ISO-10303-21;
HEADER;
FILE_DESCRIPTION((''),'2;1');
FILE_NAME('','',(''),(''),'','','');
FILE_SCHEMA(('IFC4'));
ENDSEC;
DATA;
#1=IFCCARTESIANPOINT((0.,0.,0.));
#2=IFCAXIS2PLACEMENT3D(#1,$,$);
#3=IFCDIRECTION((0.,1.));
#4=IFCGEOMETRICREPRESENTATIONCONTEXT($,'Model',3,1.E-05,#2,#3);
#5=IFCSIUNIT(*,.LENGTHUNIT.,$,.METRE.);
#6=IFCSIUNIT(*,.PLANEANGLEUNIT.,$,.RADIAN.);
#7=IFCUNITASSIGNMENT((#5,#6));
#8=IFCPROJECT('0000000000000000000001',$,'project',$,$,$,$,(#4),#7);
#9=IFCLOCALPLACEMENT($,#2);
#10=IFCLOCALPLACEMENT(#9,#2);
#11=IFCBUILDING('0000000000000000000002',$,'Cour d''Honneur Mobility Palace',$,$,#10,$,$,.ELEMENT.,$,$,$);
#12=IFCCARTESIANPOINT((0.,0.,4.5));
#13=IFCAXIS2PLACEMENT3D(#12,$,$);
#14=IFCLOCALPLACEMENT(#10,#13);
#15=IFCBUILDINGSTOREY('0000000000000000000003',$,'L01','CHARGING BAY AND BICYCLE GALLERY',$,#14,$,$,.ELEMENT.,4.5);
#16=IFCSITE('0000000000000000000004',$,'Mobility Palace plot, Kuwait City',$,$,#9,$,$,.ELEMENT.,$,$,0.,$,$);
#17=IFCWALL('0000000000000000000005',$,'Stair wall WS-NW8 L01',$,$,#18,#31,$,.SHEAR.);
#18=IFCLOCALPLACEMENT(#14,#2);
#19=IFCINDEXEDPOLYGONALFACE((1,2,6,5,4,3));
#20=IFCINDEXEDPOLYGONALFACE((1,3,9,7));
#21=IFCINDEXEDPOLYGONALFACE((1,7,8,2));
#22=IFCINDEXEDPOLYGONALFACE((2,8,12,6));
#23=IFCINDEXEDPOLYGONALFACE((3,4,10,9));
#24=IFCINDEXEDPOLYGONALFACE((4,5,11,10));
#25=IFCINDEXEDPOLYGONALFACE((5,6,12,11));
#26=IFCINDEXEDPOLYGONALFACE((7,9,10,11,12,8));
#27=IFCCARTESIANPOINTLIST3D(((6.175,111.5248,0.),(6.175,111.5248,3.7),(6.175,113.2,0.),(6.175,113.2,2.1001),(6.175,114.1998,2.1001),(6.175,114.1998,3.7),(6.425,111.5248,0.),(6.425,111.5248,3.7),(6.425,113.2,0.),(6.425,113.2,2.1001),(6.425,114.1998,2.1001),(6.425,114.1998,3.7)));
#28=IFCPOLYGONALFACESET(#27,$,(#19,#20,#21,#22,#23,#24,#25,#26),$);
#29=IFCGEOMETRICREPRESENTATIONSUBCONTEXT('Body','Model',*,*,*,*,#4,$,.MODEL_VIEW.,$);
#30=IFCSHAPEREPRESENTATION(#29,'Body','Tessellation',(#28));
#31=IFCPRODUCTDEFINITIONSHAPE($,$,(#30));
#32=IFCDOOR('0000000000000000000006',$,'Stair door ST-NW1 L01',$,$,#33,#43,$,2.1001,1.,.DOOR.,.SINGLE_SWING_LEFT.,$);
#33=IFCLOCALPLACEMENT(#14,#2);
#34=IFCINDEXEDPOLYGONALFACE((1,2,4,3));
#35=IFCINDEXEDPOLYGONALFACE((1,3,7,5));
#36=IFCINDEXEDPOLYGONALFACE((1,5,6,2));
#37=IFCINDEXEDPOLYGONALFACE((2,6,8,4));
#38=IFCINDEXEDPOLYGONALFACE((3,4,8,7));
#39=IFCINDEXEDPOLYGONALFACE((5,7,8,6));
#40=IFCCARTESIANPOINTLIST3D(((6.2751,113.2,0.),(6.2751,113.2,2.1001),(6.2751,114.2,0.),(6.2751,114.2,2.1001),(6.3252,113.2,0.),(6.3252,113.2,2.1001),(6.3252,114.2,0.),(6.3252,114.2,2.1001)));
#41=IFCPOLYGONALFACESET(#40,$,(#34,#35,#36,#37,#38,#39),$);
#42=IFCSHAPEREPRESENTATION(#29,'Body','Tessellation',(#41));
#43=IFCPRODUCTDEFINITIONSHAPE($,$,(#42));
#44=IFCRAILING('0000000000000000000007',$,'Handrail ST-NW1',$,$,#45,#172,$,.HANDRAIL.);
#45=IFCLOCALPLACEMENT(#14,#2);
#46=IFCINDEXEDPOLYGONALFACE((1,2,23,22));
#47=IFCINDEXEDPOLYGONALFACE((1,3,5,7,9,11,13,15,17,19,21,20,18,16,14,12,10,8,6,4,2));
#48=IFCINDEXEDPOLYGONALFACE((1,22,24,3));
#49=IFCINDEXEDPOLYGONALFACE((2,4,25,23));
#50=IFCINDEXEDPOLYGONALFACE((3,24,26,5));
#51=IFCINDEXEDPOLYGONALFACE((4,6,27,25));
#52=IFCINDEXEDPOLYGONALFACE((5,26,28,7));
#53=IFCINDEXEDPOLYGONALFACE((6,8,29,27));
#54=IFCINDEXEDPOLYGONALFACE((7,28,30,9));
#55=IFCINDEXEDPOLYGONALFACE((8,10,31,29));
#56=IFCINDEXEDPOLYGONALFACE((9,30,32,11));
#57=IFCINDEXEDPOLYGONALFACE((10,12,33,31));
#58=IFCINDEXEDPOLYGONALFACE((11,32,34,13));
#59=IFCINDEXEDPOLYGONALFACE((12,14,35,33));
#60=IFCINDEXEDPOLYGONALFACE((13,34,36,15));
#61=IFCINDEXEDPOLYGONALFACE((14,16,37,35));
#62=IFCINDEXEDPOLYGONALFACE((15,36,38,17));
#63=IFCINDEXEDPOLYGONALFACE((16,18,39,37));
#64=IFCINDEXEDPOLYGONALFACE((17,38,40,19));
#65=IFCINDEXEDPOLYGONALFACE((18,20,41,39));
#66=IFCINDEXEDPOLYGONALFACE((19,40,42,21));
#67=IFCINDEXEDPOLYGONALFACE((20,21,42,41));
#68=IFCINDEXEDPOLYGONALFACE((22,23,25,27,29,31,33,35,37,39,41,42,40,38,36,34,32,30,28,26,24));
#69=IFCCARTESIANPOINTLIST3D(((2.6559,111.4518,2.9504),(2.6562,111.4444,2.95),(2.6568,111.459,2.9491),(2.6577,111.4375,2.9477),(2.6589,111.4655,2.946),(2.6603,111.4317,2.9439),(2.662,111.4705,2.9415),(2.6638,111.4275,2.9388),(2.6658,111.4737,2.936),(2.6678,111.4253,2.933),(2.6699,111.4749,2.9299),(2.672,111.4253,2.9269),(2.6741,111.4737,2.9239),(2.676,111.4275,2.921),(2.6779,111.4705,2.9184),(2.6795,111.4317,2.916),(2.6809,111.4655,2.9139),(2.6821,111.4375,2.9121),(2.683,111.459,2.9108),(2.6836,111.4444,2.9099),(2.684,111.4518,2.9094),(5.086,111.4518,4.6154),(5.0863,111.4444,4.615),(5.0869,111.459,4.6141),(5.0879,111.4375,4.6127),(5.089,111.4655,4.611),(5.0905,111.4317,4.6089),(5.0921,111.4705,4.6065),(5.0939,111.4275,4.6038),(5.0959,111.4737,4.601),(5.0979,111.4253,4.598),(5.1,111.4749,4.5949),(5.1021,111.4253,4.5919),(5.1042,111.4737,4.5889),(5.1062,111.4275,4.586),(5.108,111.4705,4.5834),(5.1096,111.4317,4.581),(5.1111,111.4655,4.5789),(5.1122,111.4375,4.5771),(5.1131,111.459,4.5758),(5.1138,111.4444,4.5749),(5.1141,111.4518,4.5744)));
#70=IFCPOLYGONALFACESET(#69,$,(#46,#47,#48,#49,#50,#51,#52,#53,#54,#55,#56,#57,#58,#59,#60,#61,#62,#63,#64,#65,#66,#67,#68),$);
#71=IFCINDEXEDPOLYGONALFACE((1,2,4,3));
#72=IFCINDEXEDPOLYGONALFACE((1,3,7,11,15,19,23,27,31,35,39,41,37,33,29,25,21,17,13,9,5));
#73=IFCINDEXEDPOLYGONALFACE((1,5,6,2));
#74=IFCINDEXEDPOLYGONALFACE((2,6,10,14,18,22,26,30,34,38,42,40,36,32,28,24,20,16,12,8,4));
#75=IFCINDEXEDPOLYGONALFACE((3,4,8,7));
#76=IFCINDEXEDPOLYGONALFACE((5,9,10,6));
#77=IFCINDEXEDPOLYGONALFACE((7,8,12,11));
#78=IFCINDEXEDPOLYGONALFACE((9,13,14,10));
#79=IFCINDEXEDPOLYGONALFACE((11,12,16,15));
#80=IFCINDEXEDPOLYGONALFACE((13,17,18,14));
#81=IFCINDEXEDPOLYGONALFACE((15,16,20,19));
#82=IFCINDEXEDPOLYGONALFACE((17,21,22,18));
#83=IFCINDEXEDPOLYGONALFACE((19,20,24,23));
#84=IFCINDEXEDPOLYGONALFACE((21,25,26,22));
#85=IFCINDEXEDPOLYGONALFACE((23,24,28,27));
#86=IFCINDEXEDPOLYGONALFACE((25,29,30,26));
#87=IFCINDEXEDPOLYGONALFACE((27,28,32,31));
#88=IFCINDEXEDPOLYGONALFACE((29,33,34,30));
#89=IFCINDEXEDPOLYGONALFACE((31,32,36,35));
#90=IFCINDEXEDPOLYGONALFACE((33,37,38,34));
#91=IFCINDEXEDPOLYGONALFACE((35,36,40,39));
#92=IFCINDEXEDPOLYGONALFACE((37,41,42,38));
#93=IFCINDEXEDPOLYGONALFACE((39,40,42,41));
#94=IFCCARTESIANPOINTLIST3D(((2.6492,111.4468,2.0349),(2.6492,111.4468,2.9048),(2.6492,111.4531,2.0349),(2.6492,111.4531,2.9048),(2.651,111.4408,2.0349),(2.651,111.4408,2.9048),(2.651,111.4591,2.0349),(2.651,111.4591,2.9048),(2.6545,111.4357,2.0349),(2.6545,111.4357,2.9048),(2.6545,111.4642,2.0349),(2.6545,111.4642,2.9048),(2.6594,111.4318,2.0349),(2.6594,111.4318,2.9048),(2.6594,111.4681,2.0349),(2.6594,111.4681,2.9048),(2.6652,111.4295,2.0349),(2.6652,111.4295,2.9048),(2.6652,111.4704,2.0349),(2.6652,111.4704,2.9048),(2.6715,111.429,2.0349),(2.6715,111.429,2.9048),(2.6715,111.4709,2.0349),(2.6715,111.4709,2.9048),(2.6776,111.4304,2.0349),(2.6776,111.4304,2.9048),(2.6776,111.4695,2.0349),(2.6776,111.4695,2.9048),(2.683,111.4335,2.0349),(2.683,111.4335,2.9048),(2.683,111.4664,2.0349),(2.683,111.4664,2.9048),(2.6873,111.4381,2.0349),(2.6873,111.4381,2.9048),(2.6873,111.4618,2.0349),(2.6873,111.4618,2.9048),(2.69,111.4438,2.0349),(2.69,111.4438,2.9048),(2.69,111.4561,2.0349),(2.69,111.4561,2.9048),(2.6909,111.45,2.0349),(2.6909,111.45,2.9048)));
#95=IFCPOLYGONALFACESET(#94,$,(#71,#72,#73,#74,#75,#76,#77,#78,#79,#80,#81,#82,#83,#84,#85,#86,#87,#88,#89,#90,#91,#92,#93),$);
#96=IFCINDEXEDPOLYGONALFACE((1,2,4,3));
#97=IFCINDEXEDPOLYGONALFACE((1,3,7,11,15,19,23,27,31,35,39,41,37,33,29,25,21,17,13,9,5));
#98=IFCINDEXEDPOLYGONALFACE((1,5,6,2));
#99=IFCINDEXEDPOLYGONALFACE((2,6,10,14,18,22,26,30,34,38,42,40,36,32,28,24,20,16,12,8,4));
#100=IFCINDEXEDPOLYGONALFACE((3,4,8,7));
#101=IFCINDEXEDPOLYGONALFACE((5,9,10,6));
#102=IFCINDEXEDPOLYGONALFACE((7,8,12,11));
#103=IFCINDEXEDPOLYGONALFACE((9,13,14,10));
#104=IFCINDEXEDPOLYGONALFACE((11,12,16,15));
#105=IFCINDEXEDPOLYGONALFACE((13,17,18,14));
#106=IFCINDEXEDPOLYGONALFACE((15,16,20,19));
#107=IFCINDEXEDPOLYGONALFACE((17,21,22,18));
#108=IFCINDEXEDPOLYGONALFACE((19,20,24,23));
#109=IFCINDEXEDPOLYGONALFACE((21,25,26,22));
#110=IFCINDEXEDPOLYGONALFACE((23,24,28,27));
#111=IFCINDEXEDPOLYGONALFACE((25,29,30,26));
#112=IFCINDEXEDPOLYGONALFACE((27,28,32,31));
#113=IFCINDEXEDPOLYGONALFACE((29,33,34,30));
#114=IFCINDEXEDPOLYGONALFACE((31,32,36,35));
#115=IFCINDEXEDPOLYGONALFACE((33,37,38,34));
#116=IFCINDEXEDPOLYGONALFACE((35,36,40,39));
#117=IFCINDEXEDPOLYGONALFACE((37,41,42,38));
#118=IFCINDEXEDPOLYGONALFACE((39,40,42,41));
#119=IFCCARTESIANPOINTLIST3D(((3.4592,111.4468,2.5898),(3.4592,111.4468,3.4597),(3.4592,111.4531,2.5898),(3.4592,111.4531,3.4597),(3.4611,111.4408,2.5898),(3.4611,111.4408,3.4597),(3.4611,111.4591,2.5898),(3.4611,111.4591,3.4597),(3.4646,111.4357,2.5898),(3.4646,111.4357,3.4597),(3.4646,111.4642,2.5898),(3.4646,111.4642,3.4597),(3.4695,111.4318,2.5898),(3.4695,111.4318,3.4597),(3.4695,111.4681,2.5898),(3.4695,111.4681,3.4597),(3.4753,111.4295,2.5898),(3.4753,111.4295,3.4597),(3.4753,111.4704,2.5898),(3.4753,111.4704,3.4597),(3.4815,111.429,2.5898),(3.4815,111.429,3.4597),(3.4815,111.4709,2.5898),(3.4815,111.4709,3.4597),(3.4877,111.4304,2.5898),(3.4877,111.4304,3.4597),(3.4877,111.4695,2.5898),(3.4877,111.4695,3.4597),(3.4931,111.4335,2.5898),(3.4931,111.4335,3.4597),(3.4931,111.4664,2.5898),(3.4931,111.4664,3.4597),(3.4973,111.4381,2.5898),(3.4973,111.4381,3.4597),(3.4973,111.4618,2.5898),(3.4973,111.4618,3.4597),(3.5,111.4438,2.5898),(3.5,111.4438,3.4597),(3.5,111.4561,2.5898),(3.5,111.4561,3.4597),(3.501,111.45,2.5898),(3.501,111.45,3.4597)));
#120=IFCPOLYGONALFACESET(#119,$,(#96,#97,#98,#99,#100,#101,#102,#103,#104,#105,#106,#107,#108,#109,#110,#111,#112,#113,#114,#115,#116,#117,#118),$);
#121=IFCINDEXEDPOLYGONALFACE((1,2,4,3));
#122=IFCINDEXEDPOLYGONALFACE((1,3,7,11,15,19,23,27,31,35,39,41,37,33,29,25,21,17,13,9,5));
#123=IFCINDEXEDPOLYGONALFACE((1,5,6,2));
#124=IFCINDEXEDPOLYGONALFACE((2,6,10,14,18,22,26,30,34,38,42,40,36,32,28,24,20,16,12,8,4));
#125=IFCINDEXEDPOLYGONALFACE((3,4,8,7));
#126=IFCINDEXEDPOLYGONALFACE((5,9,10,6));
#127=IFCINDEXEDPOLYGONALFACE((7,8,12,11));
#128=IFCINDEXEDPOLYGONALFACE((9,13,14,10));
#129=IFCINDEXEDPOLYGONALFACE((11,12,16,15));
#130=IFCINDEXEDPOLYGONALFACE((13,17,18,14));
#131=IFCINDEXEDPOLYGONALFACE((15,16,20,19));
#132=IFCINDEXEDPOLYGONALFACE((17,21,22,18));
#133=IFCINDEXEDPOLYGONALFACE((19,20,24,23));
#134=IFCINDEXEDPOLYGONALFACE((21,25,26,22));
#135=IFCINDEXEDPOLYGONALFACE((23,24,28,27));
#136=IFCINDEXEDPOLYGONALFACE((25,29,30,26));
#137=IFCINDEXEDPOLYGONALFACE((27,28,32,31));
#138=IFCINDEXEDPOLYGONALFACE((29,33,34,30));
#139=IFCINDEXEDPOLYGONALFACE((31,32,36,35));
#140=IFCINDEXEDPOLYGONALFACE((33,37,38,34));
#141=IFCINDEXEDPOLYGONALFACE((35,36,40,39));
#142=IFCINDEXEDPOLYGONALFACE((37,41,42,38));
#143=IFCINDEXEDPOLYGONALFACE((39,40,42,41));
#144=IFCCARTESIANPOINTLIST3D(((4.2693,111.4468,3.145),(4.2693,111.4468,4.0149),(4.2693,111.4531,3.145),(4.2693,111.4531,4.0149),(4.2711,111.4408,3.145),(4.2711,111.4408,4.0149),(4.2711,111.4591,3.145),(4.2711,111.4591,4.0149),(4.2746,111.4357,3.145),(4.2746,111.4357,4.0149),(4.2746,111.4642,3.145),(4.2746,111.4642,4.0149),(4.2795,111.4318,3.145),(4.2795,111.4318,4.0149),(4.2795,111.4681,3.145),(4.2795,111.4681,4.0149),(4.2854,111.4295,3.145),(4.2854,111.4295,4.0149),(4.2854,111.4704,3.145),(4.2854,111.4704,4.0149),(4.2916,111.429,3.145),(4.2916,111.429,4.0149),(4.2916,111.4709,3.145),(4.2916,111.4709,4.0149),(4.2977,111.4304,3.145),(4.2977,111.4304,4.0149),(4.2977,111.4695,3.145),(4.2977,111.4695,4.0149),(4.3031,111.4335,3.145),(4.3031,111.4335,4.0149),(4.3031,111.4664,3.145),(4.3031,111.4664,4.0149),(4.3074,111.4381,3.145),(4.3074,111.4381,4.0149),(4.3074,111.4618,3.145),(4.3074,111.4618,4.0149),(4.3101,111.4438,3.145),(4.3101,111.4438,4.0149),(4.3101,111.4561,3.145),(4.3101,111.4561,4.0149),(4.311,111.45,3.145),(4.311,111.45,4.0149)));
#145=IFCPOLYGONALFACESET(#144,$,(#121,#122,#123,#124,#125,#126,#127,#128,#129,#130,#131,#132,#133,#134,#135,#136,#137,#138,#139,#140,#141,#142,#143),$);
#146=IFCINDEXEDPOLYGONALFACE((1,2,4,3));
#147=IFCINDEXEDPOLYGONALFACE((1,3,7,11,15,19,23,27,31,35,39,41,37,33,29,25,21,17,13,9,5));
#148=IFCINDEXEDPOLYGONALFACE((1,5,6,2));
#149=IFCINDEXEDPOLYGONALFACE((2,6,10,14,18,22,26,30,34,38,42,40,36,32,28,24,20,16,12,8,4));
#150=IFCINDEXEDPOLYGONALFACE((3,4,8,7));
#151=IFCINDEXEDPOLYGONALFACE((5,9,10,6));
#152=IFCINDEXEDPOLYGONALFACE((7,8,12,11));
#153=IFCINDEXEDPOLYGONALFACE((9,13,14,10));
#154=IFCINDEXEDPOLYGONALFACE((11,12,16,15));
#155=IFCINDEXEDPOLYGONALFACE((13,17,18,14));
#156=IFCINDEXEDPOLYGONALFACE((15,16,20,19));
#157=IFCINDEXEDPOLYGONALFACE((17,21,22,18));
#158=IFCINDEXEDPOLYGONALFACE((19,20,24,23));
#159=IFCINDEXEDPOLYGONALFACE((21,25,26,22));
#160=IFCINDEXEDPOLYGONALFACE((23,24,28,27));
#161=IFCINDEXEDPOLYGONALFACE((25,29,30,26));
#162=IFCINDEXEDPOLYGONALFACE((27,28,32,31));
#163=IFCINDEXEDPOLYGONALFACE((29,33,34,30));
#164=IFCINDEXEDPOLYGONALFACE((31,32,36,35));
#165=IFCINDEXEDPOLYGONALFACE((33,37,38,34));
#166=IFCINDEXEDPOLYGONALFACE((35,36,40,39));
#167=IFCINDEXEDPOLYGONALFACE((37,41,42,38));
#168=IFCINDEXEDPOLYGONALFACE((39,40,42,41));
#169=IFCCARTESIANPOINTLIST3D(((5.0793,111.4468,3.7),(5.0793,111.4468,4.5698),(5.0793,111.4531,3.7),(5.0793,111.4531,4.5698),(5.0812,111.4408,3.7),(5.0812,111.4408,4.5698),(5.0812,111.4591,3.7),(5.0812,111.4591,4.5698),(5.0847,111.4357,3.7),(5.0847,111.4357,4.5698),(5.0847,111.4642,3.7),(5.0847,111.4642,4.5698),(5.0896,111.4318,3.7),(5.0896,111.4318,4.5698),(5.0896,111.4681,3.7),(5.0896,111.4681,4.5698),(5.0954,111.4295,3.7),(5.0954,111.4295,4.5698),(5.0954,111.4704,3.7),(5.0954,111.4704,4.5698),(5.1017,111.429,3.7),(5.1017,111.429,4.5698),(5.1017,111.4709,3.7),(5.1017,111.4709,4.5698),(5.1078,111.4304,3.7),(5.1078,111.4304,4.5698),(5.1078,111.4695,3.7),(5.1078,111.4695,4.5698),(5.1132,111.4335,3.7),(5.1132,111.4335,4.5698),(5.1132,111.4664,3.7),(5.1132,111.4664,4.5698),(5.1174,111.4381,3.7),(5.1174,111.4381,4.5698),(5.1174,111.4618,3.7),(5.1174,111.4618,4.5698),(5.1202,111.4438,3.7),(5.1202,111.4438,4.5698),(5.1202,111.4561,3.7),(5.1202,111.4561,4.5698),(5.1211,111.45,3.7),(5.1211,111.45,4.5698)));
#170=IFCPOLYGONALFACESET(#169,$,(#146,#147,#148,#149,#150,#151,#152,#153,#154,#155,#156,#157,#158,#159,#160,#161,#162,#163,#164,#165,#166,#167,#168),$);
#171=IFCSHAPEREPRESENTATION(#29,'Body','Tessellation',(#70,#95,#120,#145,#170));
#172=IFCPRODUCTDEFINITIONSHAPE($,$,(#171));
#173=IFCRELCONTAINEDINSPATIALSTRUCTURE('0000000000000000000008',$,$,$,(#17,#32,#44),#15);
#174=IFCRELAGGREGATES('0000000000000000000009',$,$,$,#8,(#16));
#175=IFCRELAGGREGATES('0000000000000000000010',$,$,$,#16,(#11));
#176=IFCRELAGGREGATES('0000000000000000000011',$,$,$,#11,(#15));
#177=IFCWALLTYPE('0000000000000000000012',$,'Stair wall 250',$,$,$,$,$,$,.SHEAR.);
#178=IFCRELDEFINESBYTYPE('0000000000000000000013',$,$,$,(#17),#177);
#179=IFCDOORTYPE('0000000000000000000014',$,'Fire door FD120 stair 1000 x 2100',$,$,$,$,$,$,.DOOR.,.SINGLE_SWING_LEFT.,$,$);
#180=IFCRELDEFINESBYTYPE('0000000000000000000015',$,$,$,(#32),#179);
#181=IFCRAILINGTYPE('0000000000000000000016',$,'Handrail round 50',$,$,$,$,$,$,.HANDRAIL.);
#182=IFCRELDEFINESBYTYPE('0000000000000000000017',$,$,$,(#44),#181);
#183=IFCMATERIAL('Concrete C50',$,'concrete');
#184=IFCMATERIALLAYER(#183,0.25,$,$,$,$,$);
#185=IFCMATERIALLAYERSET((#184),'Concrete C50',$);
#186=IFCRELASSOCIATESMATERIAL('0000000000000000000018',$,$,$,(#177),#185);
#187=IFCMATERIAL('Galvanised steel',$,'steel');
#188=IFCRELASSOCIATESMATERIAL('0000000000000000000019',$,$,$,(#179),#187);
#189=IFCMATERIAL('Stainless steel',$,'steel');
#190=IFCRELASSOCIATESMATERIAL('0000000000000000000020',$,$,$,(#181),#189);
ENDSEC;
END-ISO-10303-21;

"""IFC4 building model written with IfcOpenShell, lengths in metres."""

from ifc_helpers import new_model, si_unit, direction, frame, frame_2d, origin, origin_2d, place, context, subcontext, project, spatial, rectangle, circle, extrude, material, layer, layer_set, type_object, element, fill, save


model = new_model("IFC4")

# Units and contexts
model_context = context("Model", 3, precision=1e-05, world=origin(), true_north=direction((0.0, 1.0)))
body_context = subcontext(model_context, "Body", "Model", "MODEL_VIEW")
ifc_project = project(units=[si_unit("LENGTHUNIT", "METRE"), si_unit("PLANEANGLEUNIT", "RADIAN")], contexts=[model_context])

# Site, building, storey
site_placement = place(None, origin())
site = spatial("IfcSite", under=ifc_project, at=site_placement, Name="Mobility Palace plot, Kuwait City", CompositionType="ELEMENT", RefElevation=0.0)
building_placement = place(site_placement, origin())
building = spatial("IfcBuilding", under=site, at=building_placement, Name="Cour d'Honneur Mobility Palace", CompositionType="ELEMENT")
storey_placement = place(building_placement, frame((0.0, 0.0, 4.5)))
storey = spatial("IfcBuildingStorey", under=building, at=storey_placement, Name="L01", Description="CHARGING BAY AND BICYCLE GALLERY", CompositionType="ELEMENT", Elevation=4.5)

# Shared definitions
ifc_material_1 = material(Name="Concrete C50", Category="concrete")
ifc_layer_1 = layer(ifc_material_1, 0.25)
ifc_layer_set_1 = layer_set([ifc_layer_1], Name="Concrete C50")
wall_type_1 = type_object("IfcWallType", Name="Stair wall 250", PredefinedType="SHEAR", material=ifc_layer_set_1)

# Wall, opening, door
wall_1_placement = place(storey_placement, frame((6.3, 111.5249, 0.0), z_axis=(0.0, 0.0, 1.0), x_axis=(0.0, 1.0, 0.0)))
wall_1 = element("IfcWall", 1, at=wall_1_placement, inside=storey, type_object=wall_type_1, Name="Stair wall WS-NW8 L01", PredefinedType="SHEAR", context=body_context, shape_type="SweptSolid", body=[
    extrude(rectangle(XDim=2.675, YDim=0.25, at=frame_2d((1.3374, 0.0))), origin(), (0.0, 0.0, 1.0), 3.7),
])
opening_1_placement = place(wall_1_placement, frame((1.675, 0.0, 0.0)))
opening_1 = element("IfcOpeningElement", 2, at=opening_1_placement, cuts=wall_1, PredefinedType="OPENING", context=body_context, shape_type="SweptSolid", body=[
    extrude(rectangle(XDim=1.0, YDim=2.1001, at=frame_2d((0.5, 1.05))), frame((0.0, 0.135, 0.0), z_axis=(0.0, -1.0, 0.0), x_axis=(1.0, 0.0, 0.0)), (0.0, 0.0, 1.0), 0.27),
])
ifc_material_2 = material(Name="Galvanised steel", Category="steel")
door_type_1 = type_object("IfcDoorType", Name="Fire door FD120 stair 1000 x 2100", OperationType="SINGLE_SWING_LEFT", PredefinedType="DOOR", material=ifc_material_2)
door_1_placement = place(opening_1_placement, origin())
door_1 = element("IfcDoor", 3, at=door_1_placement, inside=storey, type_object=door_type_1, Name="Stair door ST-NW1 L01", OperationType="SINGLE_SWING_LEFT", OverallHeight=2.1001, OverallWidth=1.0, PredefinedType="DOOR", context=body_context, shape_type="SweptSolid", body=[
    extrude(rectangle(XDim=1.0, YDim=2.1001, at=frame_2d((0.5, 1.05))), frame((0.0, 0.0249, 0.0), z_axis=(0.0, -1.0, 0.0), x_axis=(1.0, 0.0, 0.0)), (0.0, 0.0, 1.0), 0.05),
])
fill(opening_1, door_1)

# Railing
ifc_material_3 = material(Name="Stainless steel", Category="steel")
railing_type = type_object("IfcRailingType", Name="Handrail round 50", PredefinedType="HANDRAIL", material=ifc_material_3)
railing_placement = place(storey_placement, frame((2.6699, 111.45, 2.0349)))
element("IfcRailing", 4, at=railing_placement, inside=storey, type_object=railing_type, Name="Handrail ST-NW1", PredefinedType="HANDRAIL", context=body_context, shape_type="SweptSolid", body=[
    extrude(circle(Radius=0.0249, at=origin_2d()), frame((0.0, 0.0, 0.895), z_axis=(0.824945, 0.0, 0.565213), x_axis=(0.0, 1.0, 0.0)), (0.0, 0.0, 1.0), 2.9458),
    extrude(circle(Radius=0.021, at=origin_2d()), origin(), (0.0, 0.0, 1.0), 0.8699),
    extrude(circle(Radius=0.021, at=origin_2d()), frame((0.8101, 0.0, 0.5549)), (0.0, 0.0, 1.0), 0.8699),
    extrude(circle(Radius=0.021, at=origin_2d()), frame((1.6201, 0.0, 1.1101)), (0.0, 0.0, 1.0), 0.8699),
    extrude(circle(Radius=0.021, at=origin_2d()), frame((2.4302, 0.0, 1.665)), (0.0, 0.0, 1.0), 0.8699),
])

save(model, "model.ifc")
